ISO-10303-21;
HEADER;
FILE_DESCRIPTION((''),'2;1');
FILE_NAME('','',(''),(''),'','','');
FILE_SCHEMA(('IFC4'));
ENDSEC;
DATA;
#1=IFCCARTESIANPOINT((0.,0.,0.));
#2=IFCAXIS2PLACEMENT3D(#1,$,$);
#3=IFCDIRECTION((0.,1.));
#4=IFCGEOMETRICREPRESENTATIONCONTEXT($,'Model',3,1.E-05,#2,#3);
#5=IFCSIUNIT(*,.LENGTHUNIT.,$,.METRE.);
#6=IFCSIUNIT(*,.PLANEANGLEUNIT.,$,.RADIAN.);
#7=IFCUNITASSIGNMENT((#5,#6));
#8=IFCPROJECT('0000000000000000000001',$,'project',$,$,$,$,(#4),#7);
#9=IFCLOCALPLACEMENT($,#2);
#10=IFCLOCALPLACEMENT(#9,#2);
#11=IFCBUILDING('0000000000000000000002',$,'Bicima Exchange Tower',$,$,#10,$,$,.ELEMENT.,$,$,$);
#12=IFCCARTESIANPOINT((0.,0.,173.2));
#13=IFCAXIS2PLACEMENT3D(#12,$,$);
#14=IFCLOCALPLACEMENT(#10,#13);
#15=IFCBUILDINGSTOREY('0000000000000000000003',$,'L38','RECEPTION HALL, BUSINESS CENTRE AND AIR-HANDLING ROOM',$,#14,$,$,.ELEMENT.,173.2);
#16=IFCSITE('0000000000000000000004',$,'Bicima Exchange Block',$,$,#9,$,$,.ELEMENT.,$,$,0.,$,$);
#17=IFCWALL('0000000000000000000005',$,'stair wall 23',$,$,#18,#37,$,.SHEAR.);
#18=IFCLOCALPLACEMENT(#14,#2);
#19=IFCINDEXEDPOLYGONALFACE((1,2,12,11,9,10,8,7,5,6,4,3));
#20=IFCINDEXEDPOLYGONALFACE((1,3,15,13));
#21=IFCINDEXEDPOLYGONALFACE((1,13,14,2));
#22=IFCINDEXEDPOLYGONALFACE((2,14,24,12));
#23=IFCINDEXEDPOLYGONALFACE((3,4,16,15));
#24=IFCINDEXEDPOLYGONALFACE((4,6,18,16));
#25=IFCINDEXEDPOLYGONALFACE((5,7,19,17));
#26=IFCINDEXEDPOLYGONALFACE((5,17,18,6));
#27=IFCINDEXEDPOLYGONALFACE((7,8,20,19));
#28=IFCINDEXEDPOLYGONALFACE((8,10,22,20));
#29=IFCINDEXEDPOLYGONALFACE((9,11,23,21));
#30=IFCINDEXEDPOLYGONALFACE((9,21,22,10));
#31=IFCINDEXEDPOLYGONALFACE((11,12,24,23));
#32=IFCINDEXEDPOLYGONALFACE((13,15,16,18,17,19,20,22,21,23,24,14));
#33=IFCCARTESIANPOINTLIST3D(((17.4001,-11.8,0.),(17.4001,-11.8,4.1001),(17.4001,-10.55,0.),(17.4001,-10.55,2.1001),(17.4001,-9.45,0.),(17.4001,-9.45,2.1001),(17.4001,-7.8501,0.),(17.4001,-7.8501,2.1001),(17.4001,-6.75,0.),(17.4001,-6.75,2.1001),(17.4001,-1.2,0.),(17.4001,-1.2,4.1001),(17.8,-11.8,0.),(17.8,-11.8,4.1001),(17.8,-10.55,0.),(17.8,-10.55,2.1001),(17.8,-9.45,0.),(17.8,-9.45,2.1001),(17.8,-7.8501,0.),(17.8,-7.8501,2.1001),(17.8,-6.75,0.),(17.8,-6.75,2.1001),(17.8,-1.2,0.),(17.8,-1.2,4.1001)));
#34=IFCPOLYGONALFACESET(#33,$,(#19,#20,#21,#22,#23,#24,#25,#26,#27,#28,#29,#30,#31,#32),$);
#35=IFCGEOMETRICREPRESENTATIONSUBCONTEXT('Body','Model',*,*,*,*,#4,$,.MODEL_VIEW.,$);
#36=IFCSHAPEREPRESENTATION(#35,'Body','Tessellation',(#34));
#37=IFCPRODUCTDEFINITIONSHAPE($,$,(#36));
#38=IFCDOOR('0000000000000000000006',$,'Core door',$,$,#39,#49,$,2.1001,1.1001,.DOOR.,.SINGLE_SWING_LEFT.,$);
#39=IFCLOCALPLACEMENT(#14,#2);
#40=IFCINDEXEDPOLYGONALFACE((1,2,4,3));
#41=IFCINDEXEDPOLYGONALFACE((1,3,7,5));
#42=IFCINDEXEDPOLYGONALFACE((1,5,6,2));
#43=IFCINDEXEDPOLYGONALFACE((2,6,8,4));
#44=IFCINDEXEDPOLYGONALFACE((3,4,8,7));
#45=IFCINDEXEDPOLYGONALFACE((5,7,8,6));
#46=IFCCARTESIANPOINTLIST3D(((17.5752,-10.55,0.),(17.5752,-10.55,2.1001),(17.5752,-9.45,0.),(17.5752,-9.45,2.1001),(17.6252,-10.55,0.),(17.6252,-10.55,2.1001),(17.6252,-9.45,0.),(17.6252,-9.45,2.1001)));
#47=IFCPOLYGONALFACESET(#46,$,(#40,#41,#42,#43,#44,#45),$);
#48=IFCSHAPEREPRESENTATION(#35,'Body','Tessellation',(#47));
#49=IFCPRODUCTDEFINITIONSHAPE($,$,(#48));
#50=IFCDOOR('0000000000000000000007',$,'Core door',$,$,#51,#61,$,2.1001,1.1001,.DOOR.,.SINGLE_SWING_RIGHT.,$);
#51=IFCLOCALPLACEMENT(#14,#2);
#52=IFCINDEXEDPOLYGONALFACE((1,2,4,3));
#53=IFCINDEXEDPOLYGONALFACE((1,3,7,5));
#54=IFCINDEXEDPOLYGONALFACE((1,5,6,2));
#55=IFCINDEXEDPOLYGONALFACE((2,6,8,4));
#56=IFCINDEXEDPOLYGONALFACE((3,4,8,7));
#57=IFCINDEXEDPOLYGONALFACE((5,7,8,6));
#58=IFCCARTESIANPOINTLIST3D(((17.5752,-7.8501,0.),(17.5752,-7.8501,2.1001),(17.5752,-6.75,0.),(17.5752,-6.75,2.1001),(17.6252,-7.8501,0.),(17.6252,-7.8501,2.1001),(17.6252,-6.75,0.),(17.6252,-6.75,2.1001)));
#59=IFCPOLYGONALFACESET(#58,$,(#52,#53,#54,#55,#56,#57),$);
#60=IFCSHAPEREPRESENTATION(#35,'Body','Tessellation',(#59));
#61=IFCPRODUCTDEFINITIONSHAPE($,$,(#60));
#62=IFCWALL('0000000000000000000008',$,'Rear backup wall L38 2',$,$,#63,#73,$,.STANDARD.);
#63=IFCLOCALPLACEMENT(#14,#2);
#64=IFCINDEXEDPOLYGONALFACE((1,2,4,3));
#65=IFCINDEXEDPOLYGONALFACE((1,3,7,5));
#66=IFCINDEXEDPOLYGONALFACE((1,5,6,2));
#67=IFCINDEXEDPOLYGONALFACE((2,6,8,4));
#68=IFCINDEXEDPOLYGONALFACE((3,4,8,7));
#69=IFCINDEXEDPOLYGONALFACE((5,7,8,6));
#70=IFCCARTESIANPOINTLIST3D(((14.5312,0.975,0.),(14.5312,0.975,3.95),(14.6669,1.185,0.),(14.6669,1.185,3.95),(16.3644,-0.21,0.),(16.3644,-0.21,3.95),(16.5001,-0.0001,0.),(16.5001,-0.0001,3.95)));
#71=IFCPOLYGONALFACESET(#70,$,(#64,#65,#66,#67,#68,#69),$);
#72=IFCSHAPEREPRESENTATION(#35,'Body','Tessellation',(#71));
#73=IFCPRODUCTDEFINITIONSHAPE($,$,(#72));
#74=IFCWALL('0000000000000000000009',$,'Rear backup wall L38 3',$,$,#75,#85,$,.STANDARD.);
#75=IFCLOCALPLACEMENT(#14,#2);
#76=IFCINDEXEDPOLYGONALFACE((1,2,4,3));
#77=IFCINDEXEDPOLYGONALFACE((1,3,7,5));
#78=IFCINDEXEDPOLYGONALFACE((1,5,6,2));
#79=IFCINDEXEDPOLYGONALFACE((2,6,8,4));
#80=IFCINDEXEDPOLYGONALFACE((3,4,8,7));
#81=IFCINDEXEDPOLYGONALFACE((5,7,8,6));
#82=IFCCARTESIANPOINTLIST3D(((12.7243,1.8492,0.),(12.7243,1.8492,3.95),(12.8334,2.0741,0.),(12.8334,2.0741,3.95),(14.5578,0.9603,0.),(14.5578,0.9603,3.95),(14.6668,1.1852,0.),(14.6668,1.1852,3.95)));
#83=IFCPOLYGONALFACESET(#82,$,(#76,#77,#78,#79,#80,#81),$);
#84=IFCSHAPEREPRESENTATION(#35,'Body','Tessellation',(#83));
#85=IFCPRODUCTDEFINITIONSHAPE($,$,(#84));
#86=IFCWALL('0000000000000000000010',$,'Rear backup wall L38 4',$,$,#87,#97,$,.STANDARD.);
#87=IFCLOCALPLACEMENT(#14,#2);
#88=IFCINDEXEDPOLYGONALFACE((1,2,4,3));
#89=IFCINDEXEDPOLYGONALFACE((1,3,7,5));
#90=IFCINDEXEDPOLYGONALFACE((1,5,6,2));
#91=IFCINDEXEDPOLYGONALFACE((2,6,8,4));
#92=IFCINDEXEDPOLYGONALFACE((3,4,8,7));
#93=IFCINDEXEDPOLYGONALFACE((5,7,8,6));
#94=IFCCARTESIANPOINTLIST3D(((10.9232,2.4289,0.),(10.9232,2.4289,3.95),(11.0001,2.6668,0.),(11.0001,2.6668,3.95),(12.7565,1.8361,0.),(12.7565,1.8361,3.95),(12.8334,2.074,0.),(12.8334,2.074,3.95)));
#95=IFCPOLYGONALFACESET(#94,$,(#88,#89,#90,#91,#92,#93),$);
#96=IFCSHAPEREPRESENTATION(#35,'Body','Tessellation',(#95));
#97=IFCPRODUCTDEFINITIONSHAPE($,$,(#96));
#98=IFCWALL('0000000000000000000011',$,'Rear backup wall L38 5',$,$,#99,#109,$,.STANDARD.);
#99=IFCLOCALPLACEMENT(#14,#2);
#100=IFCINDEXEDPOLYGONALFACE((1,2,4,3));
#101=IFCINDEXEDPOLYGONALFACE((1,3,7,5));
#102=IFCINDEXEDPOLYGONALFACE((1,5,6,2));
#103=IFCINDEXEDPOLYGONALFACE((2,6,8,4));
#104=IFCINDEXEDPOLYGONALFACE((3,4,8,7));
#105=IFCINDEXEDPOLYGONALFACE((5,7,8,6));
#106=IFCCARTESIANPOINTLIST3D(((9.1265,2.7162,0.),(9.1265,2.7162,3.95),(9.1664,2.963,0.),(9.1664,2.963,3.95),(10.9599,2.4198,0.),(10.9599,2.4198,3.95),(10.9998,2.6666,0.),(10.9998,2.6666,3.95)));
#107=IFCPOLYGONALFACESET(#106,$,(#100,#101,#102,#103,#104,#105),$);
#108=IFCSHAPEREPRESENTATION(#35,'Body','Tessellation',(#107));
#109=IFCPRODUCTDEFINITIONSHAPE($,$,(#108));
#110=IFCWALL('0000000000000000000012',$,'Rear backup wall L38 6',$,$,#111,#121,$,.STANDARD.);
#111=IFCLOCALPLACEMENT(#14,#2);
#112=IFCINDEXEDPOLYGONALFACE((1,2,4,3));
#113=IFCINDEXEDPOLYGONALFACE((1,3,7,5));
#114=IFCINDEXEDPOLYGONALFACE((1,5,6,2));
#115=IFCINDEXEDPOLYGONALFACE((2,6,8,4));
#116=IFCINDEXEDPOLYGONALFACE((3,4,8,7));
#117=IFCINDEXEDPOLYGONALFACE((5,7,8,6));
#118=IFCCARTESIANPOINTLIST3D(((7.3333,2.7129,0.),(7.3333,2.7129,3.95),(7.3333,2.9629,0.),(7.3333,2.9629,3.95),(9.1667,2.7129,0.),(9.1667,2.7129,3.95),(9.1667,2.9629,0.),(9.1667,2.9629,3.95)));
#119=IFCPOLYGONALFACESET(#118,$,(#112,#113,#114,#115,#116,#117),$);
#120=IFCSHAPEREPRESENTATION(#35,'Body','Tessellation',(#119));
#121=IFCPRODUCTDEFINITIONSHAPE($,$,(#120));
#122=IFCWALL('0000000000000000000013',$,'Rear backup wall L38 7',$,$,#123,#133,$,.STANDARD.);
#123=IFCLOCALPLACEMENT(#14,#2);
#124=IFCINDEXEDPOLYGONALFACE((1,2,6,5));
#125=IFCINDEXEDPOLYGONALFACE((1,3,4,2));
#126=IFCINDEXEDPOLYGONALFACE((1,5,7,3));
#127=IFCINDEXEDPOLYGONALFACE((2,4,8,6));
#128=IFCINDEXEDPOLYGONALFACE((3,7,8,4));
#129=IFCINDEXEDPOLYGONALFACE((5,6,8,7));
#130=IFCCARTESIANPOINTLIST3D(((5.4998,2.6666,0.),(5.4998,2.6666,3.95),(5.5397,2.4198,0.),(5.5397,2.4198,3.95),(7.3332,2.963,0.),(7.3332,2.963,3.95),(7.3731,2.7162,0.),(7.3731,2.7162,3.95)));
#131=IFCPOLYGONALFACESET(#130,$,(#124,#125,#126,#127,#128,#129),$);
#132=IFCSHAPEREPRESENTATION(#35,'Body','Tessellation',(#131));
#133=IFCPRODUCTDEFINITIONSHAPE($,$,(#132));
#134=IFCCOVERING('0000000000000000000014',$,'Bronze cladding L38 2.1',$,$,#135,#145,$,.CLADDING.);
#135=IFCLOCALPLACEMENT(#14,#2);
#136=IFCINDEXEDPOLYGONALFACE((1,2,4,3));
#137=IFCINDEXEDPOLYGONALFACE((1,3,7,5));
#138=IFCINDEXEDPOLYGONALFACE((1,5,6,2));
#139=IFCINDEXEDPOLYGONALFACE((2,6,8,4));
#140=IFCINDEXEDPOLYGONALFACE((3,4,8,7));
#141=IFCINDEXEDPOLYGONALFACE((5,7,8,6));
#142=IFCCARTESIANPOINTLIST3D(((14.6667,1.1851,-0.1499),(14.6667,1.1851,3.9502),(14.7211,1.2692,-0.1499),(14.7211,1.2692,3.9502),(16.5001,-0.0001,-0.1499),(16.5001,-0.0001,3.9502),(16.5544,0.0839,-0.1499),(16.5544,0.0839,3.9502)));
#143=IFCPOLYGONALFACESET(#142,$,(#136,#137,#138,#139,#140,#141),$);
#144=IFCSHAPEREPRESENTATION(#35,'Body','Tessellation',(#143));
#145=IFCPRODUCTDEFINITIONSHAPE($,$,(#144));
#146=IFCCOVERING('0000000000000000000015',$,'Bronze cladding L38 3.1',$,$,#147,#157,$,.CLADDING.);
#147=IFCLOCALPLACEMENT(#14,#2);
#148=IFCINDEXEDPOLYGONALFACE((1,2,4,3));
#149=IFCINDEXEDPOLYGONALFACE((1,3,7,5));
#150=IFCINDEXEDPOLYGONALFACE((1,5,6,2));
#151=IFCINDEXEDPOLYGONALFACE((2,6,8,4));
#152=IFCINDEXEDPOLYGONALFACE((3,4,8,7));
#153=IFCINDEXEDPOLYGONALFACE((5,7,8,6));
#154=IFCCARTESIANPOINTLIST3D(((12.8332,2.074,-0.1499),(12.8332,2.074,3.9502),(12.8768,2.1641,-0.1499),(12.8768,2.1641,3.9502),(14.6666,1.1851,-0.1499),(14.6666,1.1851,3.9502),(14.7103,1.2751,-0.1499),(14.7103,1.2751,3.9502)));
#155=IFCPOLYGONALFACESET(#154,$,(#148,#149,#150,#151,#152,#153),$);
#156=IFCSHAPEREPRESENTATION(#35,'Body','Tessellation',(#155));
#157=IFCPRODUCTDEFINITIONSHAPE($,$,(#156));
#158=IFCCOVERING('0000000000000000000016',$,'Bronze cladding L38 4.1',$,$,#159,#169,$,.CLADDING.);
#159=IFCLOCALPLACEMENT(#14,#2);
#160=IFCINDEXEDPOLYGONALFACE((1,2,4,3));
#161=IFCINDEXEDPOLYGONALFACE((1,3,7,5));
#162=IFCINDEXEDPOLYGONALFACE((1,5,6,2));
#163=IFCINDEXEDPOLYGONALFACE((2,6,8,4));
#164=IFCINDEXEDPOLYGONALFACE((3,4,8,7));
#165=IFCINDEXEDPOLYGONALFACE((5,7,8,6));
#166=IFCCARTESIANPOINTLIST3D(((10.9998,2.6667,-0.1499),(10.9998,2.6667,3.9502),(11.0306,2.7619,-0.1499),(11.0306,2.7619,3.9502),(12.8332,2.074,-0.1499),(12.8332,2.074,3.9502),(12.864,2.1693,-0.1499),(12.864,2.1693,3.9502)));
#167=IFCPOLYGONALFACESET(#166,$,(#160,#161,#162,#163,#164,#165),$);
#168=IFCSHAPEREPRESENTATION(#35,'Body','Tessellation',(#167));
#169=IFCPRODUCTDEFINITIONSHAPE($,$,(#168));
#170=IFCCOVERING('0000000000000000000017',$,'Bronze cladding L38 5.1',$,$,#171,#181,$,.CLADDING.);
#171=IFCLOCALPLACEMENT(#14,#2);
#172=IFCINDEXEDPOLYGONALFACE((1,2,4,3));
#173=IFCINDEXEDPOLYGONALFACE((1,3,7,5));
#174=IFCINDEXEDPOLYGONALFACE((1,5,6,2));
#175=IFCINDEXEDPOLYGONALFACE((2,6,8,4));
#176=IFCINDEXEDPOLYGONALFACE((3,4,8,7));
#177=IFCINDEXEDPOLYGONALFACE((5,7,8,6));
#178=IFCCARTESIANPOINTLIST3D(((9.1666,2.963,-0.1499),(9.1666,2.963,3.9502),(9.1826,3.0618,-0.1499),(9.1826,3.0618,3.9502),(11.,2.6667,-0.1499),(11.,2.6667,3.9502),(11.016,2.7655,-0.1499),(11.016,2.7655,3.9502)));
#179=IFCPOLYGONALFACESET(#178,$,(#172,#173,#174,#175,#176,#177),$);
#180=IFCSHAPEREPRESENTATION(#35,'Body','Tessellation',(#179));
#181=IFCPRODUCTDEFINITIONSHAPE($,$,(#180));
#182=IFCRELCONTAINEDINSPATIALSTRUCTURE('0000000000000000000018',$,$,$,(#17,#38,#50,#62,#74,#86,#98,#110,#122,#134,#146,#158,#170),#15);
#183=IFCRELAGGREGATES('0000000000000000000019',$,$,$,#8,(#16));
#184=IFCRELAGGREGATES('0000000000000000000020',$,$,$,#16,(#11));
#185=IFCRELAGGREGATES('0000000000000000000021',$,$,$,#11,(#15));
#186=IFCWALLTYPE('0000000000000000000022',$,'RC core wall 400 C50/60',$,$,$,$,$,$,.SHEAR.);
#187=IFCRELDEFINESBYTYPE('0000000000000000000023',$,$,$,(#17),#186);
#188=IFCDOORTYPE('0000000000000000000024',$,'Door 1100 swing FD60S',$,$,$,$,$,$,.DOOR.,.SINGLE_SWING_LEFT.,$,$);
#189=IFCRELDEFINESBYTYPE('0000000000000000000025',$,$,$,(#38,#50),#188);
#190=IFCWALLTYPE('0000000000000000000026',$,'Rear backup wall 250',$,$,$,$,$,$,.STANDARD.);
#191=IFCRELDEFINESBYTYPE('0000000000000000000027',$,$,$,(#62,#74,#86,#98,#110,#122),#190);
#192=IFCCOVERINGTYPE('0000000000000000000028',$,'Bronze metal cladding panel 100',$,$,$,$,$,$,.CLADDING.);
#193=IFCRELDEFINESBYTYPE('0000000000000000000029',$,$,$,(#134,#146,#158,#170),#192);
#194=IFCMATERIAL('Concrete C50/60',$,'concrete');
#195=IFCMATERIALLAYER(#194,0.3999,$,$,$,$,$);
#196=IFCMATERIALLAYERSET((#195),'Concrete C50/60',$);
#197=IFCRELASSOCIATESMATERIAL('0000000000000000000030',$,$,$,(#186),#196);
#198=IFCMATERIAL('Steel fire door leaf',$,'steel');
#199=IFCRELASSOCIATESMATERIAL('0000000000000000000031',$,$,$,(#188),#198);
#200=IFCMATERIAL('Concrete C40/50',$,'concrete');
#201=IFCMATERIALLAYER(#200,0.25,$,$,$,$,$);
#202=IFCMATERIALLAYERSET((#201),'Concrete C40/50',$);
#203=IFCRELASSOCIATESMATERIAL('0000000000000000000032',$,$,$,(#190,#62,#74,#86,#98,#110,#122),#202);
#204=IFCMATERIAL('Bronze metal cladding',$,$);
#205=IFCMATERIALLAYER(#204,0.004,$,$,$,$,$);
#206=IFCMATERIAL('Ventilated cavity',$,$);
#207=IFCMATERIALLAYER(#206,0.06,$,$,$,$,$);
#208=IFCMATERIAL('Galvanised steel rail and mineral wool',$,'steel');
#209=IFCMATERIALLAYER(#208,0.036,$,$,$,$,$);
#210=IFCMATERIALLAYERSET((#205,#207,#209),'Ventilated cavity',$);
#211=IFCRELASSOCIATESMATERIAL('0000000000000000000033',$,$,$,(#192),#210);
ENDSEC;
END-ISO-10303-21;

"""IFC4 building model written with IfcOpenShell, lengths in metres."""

from ifc_helpers import new_model, si_unit, direction, frame, frame_2d, origin, origin_2d, place, context, subcontext, project, spatial, rectangle, extrude, material, layer, layer_set, layer_usage, type_object, element, fill, save


model = new_model("IFC4")

# Units and contexts
model_context = context("Model", 3, precision=1e-05, world=origin(), true_north=direction((0.0, 1.0)))
body_context = subcontext(model_context, "Body", "Model", "MODEL_VIEW")
ifc_project = project(units=[si_unit("LENGTHUNIT", "METRE"), si_unit("PLANEANGLEUNIT", "RADIAN")], contexts=[model_context])

# Site, building, storey
site_placement = place(None, origin())
site = spatial("IfcSite", under=ifc_project, at=site_placement, Name="Bicima Exchange Block", CompositionType="ELEMENT", RefElevation=0.0)
building_placement = place(site_placement, origin())
building = spatial("IfcBuilding", under=site, at=building_placement, Name="Bicima Exchange Tower", CompositionType="ELEMENT")
storey_placement = place(building_placement, frame((0.0, 0.0, 173.2)))
storey = spatial("IfcBuildingStorey", under=building, at=storey_placement, Name="L38", Description="RECEPTION HALL, BUSINESS CENTRE AND AIR-HANDLING ROOM", CompositionType="ELEMENT", Elevation=173.2)

# Shared definitions
ifc_material_1 = material(Name="Concrete C50/60", Category="concrete")
ifc_layer_1 = layer(ifc_material_1, 0.3999)
ifc_layer_set_1 = layer_set([ifc_layer_1], Name="Concrete C50/60")
wall_type_1 = type_object("IfcWallType", Name="RC core wall 400 C50/60", PredefinedType="SHEAR", material=ifc_layer_set_1)
ifc_material_2 = material(Name="Steel fire door leaf", Category="steel")

# Wall, openings, doors
door_type_1 = type_object("IfcDoorType", Name="Door 1100 swing FD60S", OperationType="SINGLE_SWING_LEFT", PredefinedType="DOOR", material=ifc_material_2)
wall_1_placement = place(storey_placement, frame((17.6001, -11.8, 0.0), z_axis=(0.0, 0.0, 1.0), x_axis=(0.0, 1.0, 0.0)))
wall_1 = element("IfcWall", 1, at=wall_1_placement, inside=storey, type_object=wall_type_1, Name="stair wall 23", PredefinedType="SHEAR", context=body_context, shape_type="SweptSolid", body=[
    extrude(rectangle(XDim=10.6001, YDim=0.3999, at=frame_2d((5.3, 0.0))), origin(), (0.0, 0.0, 1.0), 4.1001),
])
opening_1_placement = place(wall_1_placement, frame((1.25, 0.0, 0.0)))
opening_1 = element("IfcOpeningElement", 2, at=opening_1_placement, cuts=wall_1, PredefinedType="OPENING", context=body_context, shape_type="SweptSolid", body=[
    extrude(rectangle(XDim=1.1001, YDim=2.1001, at=frame_2d((0.55, 1.05))), frame((0.0, 0.2119, 0.0), z_axis=(0.0, -1.0, 0.0), x_axis=(1.0, 0.0, 0.0)), (0.0, 0.0, 1.0), 0.4238),
])
opening_2_placement = place(wall_1_placement, frame((3.95, 0.0, 0.0)))
opening_2 = element("IfcOpeningElement", 3, at=opening_2_placement, cuts=wall_1, PredefinedType="OPENING", context=body_context, shape_type="SweptSolid", body=[
    extrude(rectangle(XDim=1.1001, YDim=2.1001, at=frame_2d((0.55, 1.05))), frame((0.0, 0.2119, 0.0), z_axis=(0.0, -1.0, 0.0), x_axis=(1.0, 0.0, 0.0)), (0.0, 0.0, 1.0), 0.4238),
])
door_1_placement = place(opening_1_placement, origin())
door_1 = element("IfcDoor", 4, at=door_1_placement, inside=storey, type_object=door_type_1, Name="Core door", OperationType="SINGLE_SWING_LEFT", OverallHeight=2.1001, OverallWidth=1.1001, PredefinedType="DOOR", context=body_context, shape_type="SweptSolid", body=[
    extrude(rectangle(XDim=1.1001, YDim=2.1001, at=frame_2d((0.55, 1.05))), frame((0.0, 0.0249, 0.0), z_axis=(0.0, -1.0, 0.0), x_axis=(1.0, 0.0, 0.0)), (0.0, 0.0, 1.0), 0.05),
])
fill(opening_1, door_1)
door_2_placement = place(opening_2_placement, origin())
door_2 = element("IfcDoor", 5, at=door_2_placement, inside=storey, type_object=door_type_1, Name="Core door", OperationType="SINGLE_SWING_RIGHT", OverallHeight=2.1001, OverallWidth=1.1001, PredefinedType="DOOR", context=body_context, shape_type="SweptSolid", body=[
    extrude(rectangle(XDim=1.1001, YDim=2.1001, at=frame_2d((0.55, 1.05))), frame((0.0, 0.0249, 0.0), z_axis=(0.0, -1.0, 0.0), x_axis=(1.0, 0.0, 0.0)), (0.0, 0.0, 1.0), 0.05),
])
fill(opening_2, door_2)

# Walls
ifc_material_3 = material(Name="Concrete C40/50", Category="concrete")
ifc_layer_2 = layer(ifc_material_3, 0.25)
ifc_layer_set_2 = layer_set([ifc_layer_2], Name="Concrete C40/50")
ifc_layer_usage = layer_usage(ifc_layer_set_2, "AXIS2", "POSITIVE", -0.125)
wall_type_2 = type_object("IfcWallType", Name="Rear backup wall 250", PredefinedType="STANDARD", material=ifc_layer_set_2)
wall_2_placement = place(storey_placement, frame((16.4321, -0.105, 0.0), z_axis=(0.0, 0.0, 1.0), x_axis=(-0.839813, 0.542876, 0.0)))
element("IfcWall", 6, at=wall_2_placement, inside=storey, type_object=wall_type_2, material=ifc_layer_usage, Name="Rear backup wall L38 2", PredefinedType="STANDARD", context=body_context, shape_type="SweptSolid", body=[
    extrude(rectangle(XDim=2.1829, YDim=0.25, at=frame_2d((1.0913, 0.0))), origin(), (0.0, 0.0, 1.0), 3.95),
])
wall_3_placement = place(storey_placement, frame((14.6123, 1.0728, 0.0), z_axis=(0.0, 0.0, 1.0), x_axis=(-0.899824, 0.436253, 0.0)))
element("IfcWall", 7, at=wall_3_placement, inside=storey, type_object=wall_type_2, material=ifc_layer_usage, Name="Rear backup wall L38 3", PredefinedType="STANDARD", context=body_context, shape_type="SweptSolid", body=[
    extrude(rectangle(XDim=2.0376, YDim=0.25, at=frame_2d((1.0188, 0.0))), origin(), (0.0, 0.0, 1.0), 3.95),
])
wall_4_placement = place(storey_placement, frame((12.7949, 1.9551, 0.0), z_axis=(0.0, 0.0, 1.0), x_axis=(-0.951496, 0.307662, 0.0)))
element("IfcWall", 8, at=wall_4_placement, inside=storey, type_object=wall_type_2, material=ifc_layer_usage, Name="Rear backup wall L38 4", PredefinedType="STANDARD", context=body_context, shape_type="SweptSolid", body=[
    extrude(rectangle(XDim=1.9268, YDim=0.25, at=frame_2d((0.9634, 0.0))), origin(), (0.0, 0.0, 1.0), 3.95),
])
wall_5_placement = place(storey_placement, frame((10.98, 2.5432, 0.0), z_axis=(0.0, 0.0, 1.0), x_axis=(-0.987182, 0.1596, 0.0)))
element("IfcWall", 9, at=wall_5_placement, inside=storey, type_object=wall_type_2, material=ifc_layer_usage, Name="Rear backup wall L38 5", PredefinedType="STANDARD", context=body_context, shape_type="SweptSolid", body=[
    extrude(rectangle(XDim=1.8572, YDim=0.25, at=frame_2d((0.9287, 0.0))), origin(), (0.0, 0.0, 1.0), 3.95),
])
wall_6_placement = place(storey_placement, frame((9.1667, 2.8379, 0.0), z_axis=(0.0, 0.0, 1.0), x_axis=(-1.0, 0.0, 0.0)))
element("IfcWall", 10, at=wall_6_placement, inside=storey, type_object=wall_type_2, material=ifc_layer_usage, Name="Rear backup wall L38 6", PredefinedType="STANDARD", context=body_context, shape_type="SweptSolid", body=[
    extrude(rectangle(XDim=1.8335, YDim=0.25, at=frame_2d((0.9167, 0.0))), origin(), (0.0, 0.0, 1.0), 3.95),
])
wall_7_placement = place(storey_placement, frame((7.3533, 2.8396, 0.0), z_axis=(0.0, 0.0, 1.0), x_axis=(-0.987182, -0.1596, 0.0)))
element("IfcWall", 11, at=wall_7_placement, inside=storey, type_object=wall_type_2, material=ifc_layer_usage, Name="Rear backup wall L38 7", PredefinedType="STANDARD", context=body_context, shape_type="SweptSolid", body=[
    extrude(rectangle(XDim=1.8572, YDim=0.25, at=frame_2d((0.9287, 0.0))), origin(), (0.0, 0.0, 1.0), 3.95),
])

# Coverings
ifc_material_4 = material(Name="Bronze metal cladding")
ifc_layer_3 = layer(ifc_material_4, 0.004)
ifc_material_5 = material(Name="Ventilated cavity")
ifc_layer_4 = layer(ifc_material_5, 0.06)
ifc_material_6 = material(Name="Galvanised steel rail and mineral wool", Category="steel")
ifc_layer_5 = layer(ifc_material_6, 0.036)
ifc_layer_set_3 = layer_set([ifc_layer_3, ifc_layer_4, ifc_layer_5], Name="Ventilated cavity")
covering_type = type_object("IfcCoveringType", Name="Bronze metal cladding panel 100", PredefinedType="CLADDING", material=ifc_layer_set_3)
covering_1_placement = place(storey_placement, frame((15.6106, 0.6345, -0.1499), z_axis=(0.0, 0.0, 1.0), x_axis=(-0.83979, 0.542911, 0.0)))
element("IfcCovering", 12, at=covering_1_placement, inside=storey, type_object=covering_type, Name="Bronze cladding L38 2.1", PredefinedType="CLADDING", context=body_context, shape_type="SweptSolid", body=[
    extrude(rectangle(XDim=2.1831, YDim=0.1001, at=origin_2d()), origin(), (0.0, 0.0, 1.0), 4.1001),
])
covering_2_placement = place(storey_placement, frame((13.7717, 1.6746, -0.1499), z_axis=(0.0, 0.0, 1.0), x_axis=(-0.899818, 0.436265, 0.0)))
element("IfcCovering", 13, at=covering_2_placement, inside=storey, type_object=covering_type, Name="Bronze cladding L38 3.1", PredefinedType="CLADDING", context=body_context, shape_type="SweptSolid", body=[
    extrude(rectangle(XDim=2.0376, YDim=0.1001, at=origin_2d()), origin(), (0.0, 0.0, 1.0), 4.1001),
])
covering_3_placement = place(storey_placement, frame((11.9319, 2.418, -0.1499), z_axis=(0.0, 0.0, 1.0), x_axis=(-0.951525, 0.307573, 0.0)))
element("IfcCovering", 14, at=covering_3_placement, inside=storey, type_object=covering_type, Name="Bronze cladding L38 4.1", PredefinedType="CLADDING", context=body_context, shape_type="SweptSolid", body=[
    extrude(rectangle(XDim=1.9268, YDim=0.1001, at=origin_2d()), origin(), (0.0, 0.0, 1.0), 4.1001),
])
covering_4_placement = place(storey_placement, frame((10.0913, 2.8643, -0.1499), z_axis=(0.0, 0.0, 1.0), x_axis=(-0.98719, 0.15955, 0.0)))
element("IfcCovering", 15, at=covering_4_placement, inside=storey, type_object=covering_type, Name="Bronze cladding L38 5.1", PredefinedType="CLADDING", context=body_context, shape_type="SweptSolid", body=[
    extrude(rectangle(XDim=1.8572, YDim=0.1001, at=origin_2d()), origin(), (0.0, 0.0, 1.0), 4.1001),
])

save(model, "model.ifc")
